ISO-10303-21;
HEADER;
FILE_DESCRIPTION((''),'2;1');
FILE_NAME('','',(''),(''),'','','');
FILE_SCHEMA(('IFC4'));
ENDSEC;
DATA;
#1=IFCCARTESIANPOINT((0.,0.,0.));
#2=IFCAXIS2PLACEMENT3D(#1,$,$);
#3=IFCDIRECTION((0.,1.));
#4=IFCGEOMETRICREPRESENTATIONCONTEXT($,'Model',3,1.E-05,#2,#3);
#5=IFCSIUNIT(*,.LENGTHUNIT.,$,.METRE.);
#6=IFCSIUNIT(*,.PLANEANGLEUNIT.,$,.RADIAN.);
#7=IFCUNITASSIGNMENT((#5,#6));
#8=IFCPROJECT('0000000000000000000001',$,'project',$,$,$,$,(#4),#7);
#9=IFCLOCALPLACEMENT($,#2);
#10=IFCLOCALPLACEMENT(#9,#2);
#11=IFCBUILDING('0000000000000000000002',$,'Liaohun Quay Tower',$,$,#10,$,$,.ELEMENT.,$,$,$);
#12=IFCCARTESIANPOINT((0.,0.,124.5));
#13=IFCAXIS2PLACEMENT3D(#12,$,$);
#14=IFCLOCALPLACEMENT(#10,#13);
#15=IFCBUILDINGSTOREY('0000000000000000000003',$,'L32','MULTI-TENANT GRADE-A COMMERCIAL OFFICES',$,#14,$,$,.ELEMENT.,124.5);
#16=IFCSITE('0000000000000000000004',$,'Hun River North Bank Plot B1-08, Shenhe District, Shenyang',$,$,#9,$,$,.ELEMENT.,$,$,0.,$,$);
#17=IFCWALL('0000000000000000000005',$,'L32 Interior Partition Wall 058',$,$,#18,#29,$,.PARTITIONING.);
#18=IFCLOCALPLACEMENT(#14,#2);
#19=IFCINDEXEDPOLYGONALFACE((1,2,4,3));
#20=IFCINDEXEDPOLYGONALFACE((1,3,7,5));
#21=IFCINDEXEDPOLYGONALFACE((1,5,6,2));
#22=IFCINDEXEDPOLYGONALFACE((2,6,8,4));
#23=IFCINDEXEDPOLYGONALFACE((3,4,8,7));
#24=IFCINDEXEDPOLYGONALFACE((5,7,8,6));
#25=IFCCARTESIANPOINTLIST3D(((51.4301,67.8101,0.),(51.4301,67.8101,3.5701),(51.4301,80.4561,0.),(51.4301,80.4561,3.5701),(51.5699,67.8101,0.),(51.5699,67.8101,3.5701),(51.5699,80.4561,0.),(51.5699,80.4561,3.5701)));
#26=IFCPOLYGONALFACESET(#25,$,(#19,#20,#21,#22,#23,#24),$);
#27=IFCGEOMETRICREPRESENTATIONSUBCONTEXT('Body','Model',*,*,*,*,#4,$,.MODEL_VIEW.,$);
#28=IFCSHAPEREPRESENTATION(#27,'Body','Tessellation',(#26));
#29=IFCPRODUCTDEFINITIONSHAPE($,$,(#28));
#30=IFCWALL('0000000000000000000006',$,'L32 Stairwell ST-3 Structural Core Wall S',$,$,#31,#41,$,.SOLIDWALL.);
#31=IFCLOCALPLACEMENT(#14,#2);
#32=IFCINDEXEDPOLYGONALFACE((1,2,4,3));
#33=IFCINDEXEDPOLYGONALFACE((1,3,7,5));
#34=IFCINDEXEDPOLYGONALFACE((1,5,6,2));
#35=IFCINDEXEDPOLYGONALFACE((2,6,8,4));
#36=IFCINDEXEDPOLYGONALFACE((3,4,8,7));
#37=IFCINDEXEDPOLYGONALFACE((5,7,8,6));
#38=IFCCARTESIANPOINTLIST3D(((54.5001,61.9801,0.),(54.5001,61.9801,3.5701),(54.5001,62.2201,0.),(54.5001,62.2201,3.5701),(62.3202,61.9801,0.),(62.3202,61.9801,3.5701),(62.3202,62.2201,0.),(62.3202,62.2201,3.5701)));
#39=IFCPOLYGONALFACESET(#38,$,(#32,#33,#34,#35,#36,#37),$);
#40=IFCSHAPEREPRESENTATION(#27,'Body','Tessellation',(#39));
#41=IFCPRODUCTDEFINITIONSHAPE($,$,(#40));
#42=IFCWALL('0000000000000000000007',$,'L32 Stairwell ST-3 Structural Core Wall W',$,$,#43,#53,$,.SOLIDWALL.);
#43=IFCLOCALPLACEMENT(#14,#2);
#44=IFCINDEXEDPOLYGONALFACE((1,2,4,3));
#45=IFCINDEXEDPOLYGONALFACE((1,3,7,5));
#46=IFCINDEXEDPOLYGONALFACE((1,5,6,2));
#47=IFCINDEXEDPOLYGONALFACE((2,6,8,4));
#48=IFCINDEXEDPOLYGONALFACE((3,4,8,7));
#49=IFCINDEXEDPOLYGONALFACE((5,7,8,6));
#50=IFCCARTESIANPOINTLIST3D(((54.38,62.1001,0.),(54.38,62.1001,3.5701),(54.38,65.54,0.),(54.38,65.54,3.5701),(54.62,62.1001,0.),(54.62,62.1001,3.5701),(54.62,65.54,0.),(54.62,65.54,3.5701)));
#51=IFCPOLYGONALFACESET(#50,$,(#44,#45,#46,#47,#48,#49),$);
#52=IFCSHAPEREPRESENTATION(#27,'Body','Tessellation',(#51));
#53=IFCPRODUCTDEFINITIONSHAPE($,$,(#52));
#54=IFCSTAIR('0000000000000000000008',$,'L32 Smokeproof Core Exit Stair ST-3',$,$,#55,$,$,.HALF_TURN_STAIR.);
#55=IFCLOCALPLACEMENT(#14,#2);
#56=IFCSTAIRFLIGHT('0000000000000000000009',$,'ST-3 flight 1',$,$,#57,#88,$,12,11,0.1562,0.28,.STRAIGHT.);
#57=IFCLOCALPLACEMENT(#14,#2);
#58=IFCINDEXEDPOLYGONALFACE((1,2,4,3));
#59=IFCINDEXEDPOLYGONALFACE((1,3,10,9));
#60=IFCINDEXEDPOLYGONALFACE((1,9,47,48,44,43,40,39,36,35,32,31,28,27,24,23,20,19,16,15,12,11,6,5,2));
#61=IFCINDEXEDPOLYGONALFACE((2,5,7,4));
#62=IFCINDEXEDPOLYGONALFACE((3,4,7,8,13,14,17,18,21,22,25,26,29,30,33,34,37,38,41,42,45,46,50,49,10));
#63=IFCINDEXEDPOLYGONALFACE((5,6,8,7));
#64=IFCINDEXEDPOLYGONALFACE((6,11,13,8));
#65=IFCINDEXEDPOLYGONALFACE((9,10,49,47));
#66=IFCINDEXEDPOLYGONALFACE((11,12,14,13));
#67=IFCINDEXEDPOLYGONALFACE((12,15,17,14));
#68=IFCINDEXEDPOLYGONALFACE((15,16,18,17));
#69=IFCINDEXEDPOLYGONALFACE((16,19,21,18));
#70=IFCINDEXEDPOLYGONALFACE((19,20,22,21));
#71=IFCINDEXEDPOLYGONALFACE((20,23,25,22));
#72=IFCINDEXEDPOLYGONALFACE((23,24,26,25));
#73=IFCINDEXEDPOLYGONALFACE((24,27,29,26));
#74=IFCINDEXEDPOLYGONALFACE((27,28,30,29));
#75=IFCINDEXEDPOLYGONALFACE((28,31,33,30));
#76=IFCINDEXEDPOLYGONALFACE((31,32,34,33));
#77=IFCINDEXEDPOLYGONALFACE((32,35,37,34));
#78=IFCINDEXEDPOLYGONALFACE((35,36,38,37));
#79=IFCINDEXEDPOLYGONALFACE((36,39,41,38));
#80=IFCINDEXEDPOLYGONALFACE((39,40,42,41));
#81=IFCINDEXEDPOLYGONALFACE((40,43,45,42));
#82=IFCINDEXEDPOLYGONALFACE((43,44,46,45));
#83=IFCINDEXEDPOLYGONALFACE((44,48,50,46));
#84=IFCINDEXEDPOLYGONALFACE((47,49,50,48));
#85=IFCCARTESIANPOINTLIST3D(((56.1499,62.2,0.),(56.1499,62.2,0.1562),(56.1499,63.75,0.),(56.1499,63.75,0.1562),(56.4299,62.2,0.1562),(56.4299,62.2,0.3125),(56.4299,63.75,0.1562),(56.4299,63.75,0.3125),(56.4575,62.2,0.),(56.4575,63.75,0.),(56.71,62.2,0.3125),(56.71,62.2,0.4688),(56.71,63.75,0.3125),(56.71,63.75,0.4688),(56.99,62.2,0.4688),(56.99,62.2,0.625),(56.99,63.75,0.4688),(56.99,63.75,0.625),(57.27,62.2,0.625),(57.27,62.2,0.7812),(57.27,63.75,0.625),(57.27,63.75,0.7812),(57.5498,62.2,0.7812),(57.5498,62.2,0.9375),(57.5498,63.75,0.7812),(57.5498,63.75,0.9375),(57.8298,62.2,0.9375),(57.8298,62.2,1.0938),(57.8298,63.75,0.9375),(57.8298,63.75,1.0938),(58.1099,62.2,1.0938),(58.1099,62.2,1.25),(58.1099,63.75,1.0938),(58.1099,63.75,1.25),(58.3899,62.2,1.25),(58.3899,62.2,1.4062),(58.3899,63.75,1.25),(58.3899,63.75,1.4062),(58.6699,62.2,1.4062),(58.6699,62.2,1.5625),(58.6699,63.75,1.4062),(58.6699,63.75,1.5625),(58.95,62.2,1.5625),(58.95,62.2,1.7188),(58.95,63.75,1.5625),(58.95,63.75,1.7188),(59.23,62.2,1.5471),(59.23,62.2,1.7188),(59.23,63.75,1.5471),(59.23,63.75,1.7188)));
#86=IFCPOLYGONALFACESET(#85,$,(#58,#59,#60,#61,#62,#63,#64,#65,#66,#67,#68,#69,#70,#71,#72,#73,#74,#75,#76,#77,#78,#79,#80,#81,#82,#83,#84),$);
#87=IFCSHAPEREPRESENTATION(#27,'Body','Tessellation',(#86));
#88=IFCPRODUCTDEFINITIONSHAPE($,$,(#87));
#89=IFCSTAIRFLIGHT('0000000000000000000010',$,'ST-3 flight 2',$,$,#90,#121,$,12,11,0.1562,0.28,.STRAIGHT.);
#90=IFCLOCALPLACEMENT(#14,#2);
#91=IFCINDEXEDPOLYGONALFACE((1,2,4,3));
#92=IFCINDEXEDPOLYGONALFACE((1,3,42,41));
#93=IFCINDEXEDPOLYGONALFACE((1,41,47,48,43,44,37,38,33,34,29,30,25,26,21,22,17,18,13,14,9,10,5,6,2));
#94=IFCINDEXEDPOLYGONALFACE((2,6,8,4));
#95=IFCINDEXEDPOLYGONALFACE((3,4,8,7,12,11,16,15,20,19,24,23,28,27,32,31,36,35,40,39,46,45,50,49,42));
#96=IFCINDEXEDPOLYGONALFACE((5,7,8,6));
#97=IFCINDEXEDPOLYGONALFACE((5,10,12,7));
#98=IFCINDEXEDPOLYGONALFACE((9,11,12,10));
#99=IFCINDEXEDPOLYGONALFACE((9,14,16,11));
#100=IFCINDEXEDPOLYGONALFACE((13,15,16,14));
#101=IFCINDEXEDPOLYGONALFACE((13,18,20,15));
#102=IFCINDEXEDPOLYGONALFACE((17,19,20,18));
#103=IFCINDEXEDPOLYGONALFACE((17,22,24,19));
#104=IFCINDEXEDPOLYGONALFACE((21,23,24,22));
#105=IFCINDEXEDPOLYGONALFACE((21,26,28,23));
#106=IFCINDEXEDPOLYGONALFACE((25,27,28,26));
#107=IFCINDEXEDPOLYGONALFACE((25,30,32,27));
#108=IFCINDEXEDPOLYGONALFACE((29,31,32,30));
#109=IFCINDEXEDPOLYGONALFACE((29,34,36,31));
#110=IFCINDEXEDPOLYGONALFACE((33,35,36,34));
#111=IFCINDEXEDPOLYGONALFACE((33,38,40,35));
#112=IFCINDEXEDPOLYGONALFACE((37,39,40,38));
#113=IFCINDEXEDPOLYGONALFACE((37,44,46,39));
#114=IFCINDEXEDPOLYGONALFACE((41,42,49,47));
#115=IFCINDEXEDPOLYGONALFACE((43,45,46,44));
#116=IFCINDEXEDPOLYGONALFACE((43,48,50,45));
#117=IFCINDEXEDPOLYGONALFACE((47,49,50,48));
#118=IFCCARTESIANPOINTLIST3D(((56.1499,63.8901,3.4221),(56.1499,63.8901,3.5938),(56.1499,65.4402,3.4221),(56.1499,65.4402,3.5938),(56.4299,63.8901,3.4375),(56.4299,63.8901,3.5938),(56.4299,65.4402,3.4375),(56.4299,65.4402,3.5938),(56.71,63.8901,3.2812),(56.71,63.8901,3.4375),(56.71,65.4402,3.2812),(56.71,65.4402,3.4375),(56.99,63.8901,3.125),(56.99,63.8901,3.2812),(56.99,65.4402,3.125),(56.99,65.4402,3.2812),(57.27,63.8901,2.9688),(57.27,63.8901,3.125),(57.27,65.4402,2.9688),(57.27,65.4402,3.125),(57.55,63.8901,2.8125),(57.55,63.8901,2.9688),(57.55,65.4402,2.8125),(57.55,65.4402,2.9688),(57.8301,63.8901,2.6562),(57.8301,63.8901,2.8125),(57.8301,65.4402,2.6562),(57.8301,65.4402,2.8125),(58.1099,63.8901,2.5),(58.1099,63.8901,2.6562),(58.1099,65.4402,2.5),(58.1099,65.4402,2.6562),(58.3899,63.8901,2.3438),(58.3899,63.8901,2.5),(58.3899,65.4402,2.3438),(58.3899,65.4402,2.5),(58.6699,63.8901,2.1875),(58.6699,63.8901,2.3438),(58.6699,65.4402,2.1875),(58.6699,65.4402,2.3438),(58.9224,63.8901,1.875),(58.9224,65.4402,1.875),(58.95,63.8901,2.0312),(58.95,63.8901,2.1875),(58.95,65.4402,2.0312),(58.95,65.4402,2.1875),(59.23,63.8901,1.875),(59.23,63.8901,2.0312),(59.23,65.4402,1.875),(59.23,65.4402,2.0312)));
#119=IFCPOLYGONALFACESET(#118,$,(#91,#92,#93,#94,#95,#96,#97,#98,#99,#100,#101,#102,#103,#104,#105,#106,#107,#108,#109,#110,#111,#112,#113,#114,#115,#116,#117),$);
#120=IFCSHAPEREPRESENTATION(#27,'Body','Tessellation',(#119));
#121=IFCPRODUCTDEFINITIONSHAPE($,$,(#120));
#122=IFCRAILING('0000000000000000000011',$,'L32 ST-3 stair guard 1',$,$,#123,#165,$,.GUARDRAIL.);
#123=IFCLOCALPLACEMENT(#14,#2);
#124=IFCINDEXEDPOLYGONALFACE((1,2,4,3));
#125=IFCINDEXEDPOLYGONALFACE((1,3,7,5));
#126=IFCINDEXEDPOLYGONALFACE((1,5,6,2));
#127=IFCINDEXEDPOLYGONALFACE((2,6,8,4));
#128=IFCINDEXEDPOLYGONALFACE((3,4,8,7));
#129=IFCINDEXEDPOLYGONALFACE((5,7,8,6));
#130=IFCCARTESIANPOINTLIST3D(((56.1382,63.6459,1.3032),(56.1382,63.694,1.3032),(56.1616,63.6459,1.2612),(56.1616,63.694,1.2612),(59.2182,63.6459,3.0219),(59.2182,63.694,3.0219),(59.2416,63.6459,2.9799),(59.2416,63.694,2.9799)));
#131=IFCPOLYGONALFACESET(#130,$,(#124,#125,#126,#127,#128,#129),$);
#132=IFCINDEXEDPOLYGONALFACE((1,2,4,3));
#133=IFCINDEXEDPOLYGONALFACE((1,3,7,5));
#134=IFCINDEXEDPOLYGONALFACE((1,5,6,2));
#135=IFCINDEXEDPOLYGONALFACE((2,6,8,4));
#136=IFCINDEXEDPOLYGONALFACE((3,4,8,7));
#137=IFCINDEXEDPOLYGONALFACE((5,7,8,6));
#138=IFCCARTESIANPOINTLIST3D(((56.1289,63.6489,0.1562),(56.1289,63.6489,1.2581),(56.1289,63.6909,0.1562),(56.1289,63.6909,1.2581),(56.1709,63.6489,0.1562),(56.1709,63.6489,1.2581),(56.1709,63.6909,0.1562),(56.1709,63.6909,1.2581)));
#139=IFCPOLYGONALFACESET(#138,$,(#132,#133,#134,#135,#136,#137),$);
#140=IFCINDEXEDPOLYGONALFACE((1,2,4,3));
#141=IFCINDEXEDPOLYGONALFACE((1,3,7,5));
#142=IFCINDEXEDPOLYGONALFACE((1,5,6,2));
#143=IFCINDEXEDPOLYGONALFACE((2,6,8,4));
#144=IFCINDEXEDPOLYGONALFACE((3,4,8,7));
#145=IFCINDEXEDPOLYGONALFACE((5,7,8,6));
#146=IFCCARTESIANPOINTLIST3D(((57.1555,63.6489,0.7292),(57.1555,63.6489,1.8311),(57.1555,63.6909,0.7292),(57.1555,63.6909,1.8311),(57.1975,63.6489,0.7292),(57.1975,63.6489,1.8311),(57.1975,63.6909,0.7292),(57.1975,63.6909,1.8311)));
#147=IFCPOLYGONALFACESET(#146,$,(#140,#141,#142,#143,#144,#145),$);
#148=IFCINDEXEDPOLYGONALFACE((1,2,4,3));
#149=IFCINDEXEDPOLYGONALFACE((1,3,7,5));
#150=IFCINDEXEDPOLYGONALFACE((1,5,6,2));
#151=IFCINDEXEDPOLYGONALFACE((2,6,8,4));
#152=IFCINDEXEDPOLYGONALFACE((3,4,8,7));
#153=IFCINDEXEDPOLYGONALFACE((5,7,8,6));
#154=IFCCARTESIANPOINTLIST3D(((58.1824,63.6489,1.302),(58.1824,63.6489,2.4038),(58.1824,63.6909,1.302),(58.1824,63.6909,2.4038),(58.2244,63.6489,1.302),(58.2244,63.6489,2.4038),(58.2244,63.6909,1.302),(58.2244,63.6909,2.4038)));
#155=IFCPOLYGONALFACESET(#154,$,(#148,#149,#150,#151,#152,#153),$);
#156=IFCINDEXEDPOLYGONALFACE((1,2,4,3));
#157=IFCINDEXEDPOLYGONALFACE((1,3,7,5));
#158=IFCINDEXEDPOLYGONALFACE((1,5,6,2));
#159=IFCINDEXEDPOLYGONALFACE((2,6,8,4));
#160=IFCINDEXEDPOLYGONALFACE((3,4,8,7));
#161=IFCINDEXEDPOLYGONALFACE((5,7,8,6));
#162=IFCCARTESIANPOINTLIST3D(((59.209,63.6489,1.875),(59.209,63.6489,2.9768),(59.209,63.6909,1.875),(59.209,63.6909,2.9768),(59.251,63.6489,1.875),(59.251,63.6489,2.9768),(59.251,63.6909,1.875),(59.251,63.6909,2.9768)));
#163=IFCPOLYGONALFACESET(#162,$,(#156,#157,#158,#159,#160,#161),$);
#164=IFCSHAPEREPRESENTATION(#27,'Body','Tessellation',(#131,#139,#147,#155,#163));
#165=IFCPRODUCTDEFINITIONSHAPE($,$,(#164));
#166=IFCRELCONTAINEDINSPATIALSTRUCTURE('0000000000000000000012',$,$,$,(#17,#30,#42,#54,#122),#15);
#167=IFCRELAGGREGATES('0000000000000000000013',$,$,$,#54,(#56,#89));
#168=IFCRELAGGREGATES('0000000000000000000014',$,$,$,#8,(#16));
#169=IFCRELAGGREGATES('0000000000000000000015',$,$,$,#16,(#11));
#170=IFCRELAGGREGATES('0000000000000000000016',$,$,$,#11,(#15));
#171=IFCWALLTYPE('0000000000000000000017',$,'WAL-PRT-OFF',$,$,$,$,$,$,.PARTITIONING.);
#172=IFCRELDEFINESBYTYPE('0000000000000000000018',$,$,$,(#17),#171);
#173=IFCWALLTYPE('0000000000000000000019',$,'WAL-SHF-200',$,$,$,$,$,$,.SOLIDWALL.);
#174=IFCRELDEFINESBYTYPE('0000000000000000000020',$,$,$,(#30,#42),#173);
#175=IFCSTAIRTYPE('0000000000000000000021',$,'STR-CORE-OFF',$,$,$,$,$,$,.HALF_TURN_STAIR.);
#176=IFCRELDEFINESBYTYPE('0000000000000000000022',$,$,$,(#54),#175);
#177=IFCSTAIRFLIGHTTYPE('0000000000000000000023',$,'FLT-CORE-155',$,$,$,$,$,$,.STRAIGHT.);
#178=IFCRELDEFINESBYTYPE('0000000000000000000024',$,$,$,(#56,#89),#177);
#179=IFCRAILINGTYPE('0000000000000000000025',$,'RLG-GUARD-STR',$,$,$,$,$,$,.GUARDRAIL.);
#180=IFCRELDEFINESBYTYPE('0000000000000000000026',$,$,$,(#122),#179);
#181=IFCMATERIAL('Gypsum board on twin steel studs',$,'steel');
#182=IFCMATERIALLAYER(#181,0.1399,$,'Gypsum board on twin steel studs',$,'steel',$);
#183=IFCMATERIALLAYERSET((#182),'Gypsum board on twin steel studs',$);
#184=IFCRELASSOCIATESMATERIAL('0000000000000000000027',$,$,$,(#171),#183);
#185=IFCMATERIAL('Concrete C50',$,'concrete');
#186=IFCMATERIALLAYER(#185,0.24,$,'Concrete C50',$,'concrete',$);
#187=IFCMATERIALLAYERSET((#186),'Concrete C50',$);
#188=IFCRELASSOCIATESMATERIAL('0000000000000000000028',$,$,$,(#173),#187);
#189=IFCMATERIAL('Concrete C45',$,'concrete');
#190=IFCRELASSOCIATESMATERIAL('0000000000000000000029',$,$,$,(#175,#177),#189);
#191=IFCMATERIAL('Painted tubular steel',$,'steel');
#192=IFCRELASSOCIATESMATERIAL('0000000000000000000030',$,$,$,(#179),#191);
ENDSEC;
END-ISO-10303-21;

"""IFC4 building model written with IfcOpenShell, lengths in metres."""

from ifc_helpers import new_model, si_unit, direction, frame, frame_2d, origin, origin_2d, place, context, subcontext, project, spatial, polyline, rectangle, outline, extrude, material, layer, layer_set, type_object, element, aggregate, save


model = new_model("IFC4")

# Units and contexts
model_context = context("Model", 3, precision=1e-05, world=origin(), true_north=direction((0.0, 1.0)))
body_context = subcontext(model_context, "Body", "Model", "MODEL_VIEW")
ifc_project = project(units=[si_unit("LENGTHUNIT", "METRE"), si_unit("PLANEANGLEUNIT", "RADIAN")], contexts=[model_context])

# Site, building, storey
site_placement = place(None, origin())
site = spatial("IfcSite", under=ifc_project, at=site_placement, Name="Hun River North Bank Plot B1-08, Shenhe District, Shenyang", CompositionType="ELEMENT", RefElevation=0.0)
building_placement = place(site_placement, origin())
building = spatial("IfcBuilding", under=site, at=building_placement, Name="Liaohun Quay Tower", CompositionType="ELEMENT")
storey_placement = place(building_placement, frame((0.0, 0.0, 124.5)))
storey = spatial("IfcBuildingStorey", under=building, at=storey_placement, Name="L32", Description="MULTI-TENANT GRADE-A COMMERCIAL OFFICES", CompositionType="ELEMENT", Elevation=124.5)

# Walls
ifc_material_1 = material(Name="Gypsum board on twin steel studs", Category="steel")
ifc_layer_1 = layer(ifc_material_1, 0.1399, Name="Gypsum board on twin steel studs", Category="steel")
ifc_layer_set_1 = layer_set([ifc_layer_1], Name="Gypsum board on twin steel studs")
wall_type_1 = type_object("IfcWallType", Name="WAL-PRT-OFF", PredefinedType="PARTITIONING", material=ifc_layer_set_1)
wall_1_placement = place(storey_placement, frame((51.5, 67.8101, 0.0), z_axis=(0.0, 0.0, 1.0), x_axis=(0.0, 1.0, 0.0)))
element("IfcWall", 1, at=wall_1_placement, inside=storey, type_object=wall_type_1, Name="L32 Interior Partition Wall 058", PredefinedType="PARTITIONING", context=body_context, shape_type="SweptSolid", body=[
    extrude(rectangle(XDim=12.646, YDim=0.1399, at=frame_2d((6.323, 0.0))), origin(), (0.0, 0.0, 1.0), 3.5701),
])
ifc_material_2 = material(Name="Concrete C50", Category="concrete")
ifc_layer_2 = layer(ifc_material_2, 0.24, Name="Concrete C50", Category="concrete")
ifc_layer_set_2 = layer_set([ifc_layer_2], Name="Concrete C50")
wall_type_2 = type_object("IfcWallType", Name="WAL-SHF-200", PredefinedType="SOLIDWALL", material=ifc_layer_set_2)
wall_2_placement = place(storey_placement, frame((54.5, 62.1001, 0.0), z_axis=(0.0, 0.0, 1.0), x_axis=(1.0, 0.0, 0.0)))
element("IfcWall", 2, at=wall_2_placement, inside=storey, type_object=wall_type_2, Name="L32 Stairwell ST-3 Structural Core Wall S", PredefinedType="SOLIDWALL", context=body_context, shape_type="SweptSolid", body=[
    extrude(rectangle(XDim=7.8201, YDim=0.24, at=frame_2d((3.9102, 0.0))), origin(), (0.0, 0.0, 1.0), 3.5701),
])
wall_3_placement = place(storey_placement, frame((54.5, 65.54, 0.0), z_axis=(0.0, 0.0, 1.0), x_axis=(0.0, -1.0, 0.0)))
element("IfcWall", 3, at=wall_3_placement, inside=storey, type_object=wall_type_2, Name="L32 Stairwell ST-3 Structural Core Wall W", PredefinedType="SOLIDWALL", context=body_context, shape_type="SweptSolid", body=[
    extrude(rectangle(XDim=3.4399, YDim=0.24, at=frame_2d((1.72, 0.0))), origin(), (0.0, 0.0, 1.0), 3.5701),
])

# Stair, stair flights
ifc_material_3 = material(Name="Concrete C45", Category="concrete")
stair_type = type_object("IfcStairType", Name="STR-CORE-OFF", PredefinedType="HALF_TURN_STAIR", material=ifc_material_3)
stair_placement = place(storey_placement, origin())
stair = element("IfcStair", 4, at=stair_placement, inside=storey, type_object=stair_type, Name="L32 Smokeproof Core Exit Stair ST-3", PredefinedType="HALF_TURN_STAIR")
stair_flight_type = type_object("IfcStairFlightType", Name="FLT-CORE-155", PredefinedType="STRAIGHT", material=ifc_material_3)
stair_flight_1_placement = place(storey_placement, frame((56.1499, 62.9751, 0.0), z_axis=(0.0, 0.0, 1.0), x_axis=(1.0, 0.0, 0.0)))
stair_flight_1 = element("IfcStairFlight", 5, at=stair_flight_1_placement, type_object=stair_flight_type, Name="ST-3 flight 1", NumberOfRisers=12, NumberOfTreads=11, PredefinedType="STRAIGHT", RiserHeight=0.1562, TreadLength=0.28, context=body_context, shape_type="SweptSolid", body=[
    extrude(outline(polyline([(0.0, 0.0), (0.0, 0.1562), (0.28, 0.1562), (0.28, 0.3125), (0.5601, 0.3125), (0.5601, 0.4688), (0.8401, 0.4688), (0.8401, 0.625), (1.1201, 0.625), (1.1201, 0.7812), (1.3999, 0.7812), (1.3999, 0.9375), (1.6799, 0.9375), (1.6799, 1.0938), (1.96, 1.0938), (1.96, 1.25), (2.24, 1.25), (2.24, 1.4062), (2.52, 1.4062), (2.52, 1.5625), (2.8, 1.5625), (2.8, 1.7188), (3.0801, 1.7188), (3.0801, 1.875), (3.0801, 1.5471), (0.3076, 0.0), (0.0, 0.0)])), frame((0.0, 0.7749, 0.0), z_axis=(0.0, -1.0, 0.0), x_axis=(1.0, 0.0, 0.0)), (0.0, 0.0, 1.0), 1.55),
])
stair_flight_2_placement = place(storey_placement, frame((59.23, 64.665, 1.875), z_axis=(0.0, 0.0, 1.0), x_axis=(-1.0, 0.0, 0.0)))
stair_flight_2 = element("IfcStairFlight", 6, at=stair_flight_2_placement, type_object=stair_flight_type, Name="ST-3 flight 2", NumberOfRisers=12, NumberOfTreads=11, PredefinedType="STRAIGHT", RiserHeight=0.1562, TreadLength=0.28, context=body_context, shape_type="SweptSolid", body=[
    extrude(outline(polyline([(0.0, 0.0), (0.0, 0.1562), (0.28, 0.1562), (0.28, 0.3125), (0.5601, 0.3125), (0.5601, 0.4688), (0.8401, 0.4688), (0.8401, 0.625), (1.1201, 0.625), (1.1201, 0.7812), (1.3999, 0.7812), (1.3999, 0.9375), (1.6799, 0.9375), (1.6799, 1.0938), (1.96, 1.0938), (1.96, 1.25), (2.24, 1.25), (2.24, 1.4062), (2.52, 1.4062), (2.52, 1.5625), (2.8, 1.5625), (2.8, 1.7188), (3.0801, 1.7188), (3.0801, 1.875), (3.0801, 1.5471), (0.3076, 0.0), (0.0, 0.0)])), frame((0.0, 0.7749, 0.0), z_axis=(0.0, -1.0, 0.0), x_axis=(1.0, 0.0, 0.0)), (0.0, 0.0, 1.0), 1.55),
])
aggregate(stair, [stair_flight_1, stair_flight_2])

# Railing
ifc_material_4 = material(Name="Painted tubular steel", Category="steel")
railing_type_1 = type_object("IfcRailingType", Name="RLG-GUARD-STR", PredefinedType="GUARDRAIL", material=ifc_material_4)
railing_1_placement = place(storey_placement, frame((56.1499, 63.6699, 0.1562)))
element("IfcRailing", 7, at=railing_1_placement, inside=storey, type_object=railing_type_1, Name="L32 ST-3 stair guard 1", PredefinedType="GUARDRAIL", context=body_context, shape_type="SweptSolid", body=[
    extrude(rectangle(XDim=0.0481, YDim=0.0481, at=origin_2d()), frame((0.0, 0.0, 1.126), z_axis=(0.873242, 0.0, 0.487288), x_axis=(0.0, 1.0, 0.0)), (0.0, 0.0, 1.0), 3.5271),
    extrude(rectangle(XDim=0.042, YDim=0.042, at=origin_2d()), origin(), (0.0, 0.0, 1.0), 1.1018),
    extrude(rectangle(XDim=0.042, YDim=0.042, at=origin_2d()), frame((1.0266, 0.0, 0.573)), (0.0, 0.0, 1.0), 1.1018),
    extrude(rectangle(XDim=0.042, YDim=0.042, at=origin_2d()), frame((2.0535, 0.0, 1.1458)), (0.0, 0.0, 1.0), 1.1018),
    extrude(rectangle(XDim=0.042, YDim=0.042, at=origin_2d()), frame((3.0801, 0.0, 1.7188)), (0.0, 0.0, 1.0), 1.1018),
])

save(model, "model.ifc")
